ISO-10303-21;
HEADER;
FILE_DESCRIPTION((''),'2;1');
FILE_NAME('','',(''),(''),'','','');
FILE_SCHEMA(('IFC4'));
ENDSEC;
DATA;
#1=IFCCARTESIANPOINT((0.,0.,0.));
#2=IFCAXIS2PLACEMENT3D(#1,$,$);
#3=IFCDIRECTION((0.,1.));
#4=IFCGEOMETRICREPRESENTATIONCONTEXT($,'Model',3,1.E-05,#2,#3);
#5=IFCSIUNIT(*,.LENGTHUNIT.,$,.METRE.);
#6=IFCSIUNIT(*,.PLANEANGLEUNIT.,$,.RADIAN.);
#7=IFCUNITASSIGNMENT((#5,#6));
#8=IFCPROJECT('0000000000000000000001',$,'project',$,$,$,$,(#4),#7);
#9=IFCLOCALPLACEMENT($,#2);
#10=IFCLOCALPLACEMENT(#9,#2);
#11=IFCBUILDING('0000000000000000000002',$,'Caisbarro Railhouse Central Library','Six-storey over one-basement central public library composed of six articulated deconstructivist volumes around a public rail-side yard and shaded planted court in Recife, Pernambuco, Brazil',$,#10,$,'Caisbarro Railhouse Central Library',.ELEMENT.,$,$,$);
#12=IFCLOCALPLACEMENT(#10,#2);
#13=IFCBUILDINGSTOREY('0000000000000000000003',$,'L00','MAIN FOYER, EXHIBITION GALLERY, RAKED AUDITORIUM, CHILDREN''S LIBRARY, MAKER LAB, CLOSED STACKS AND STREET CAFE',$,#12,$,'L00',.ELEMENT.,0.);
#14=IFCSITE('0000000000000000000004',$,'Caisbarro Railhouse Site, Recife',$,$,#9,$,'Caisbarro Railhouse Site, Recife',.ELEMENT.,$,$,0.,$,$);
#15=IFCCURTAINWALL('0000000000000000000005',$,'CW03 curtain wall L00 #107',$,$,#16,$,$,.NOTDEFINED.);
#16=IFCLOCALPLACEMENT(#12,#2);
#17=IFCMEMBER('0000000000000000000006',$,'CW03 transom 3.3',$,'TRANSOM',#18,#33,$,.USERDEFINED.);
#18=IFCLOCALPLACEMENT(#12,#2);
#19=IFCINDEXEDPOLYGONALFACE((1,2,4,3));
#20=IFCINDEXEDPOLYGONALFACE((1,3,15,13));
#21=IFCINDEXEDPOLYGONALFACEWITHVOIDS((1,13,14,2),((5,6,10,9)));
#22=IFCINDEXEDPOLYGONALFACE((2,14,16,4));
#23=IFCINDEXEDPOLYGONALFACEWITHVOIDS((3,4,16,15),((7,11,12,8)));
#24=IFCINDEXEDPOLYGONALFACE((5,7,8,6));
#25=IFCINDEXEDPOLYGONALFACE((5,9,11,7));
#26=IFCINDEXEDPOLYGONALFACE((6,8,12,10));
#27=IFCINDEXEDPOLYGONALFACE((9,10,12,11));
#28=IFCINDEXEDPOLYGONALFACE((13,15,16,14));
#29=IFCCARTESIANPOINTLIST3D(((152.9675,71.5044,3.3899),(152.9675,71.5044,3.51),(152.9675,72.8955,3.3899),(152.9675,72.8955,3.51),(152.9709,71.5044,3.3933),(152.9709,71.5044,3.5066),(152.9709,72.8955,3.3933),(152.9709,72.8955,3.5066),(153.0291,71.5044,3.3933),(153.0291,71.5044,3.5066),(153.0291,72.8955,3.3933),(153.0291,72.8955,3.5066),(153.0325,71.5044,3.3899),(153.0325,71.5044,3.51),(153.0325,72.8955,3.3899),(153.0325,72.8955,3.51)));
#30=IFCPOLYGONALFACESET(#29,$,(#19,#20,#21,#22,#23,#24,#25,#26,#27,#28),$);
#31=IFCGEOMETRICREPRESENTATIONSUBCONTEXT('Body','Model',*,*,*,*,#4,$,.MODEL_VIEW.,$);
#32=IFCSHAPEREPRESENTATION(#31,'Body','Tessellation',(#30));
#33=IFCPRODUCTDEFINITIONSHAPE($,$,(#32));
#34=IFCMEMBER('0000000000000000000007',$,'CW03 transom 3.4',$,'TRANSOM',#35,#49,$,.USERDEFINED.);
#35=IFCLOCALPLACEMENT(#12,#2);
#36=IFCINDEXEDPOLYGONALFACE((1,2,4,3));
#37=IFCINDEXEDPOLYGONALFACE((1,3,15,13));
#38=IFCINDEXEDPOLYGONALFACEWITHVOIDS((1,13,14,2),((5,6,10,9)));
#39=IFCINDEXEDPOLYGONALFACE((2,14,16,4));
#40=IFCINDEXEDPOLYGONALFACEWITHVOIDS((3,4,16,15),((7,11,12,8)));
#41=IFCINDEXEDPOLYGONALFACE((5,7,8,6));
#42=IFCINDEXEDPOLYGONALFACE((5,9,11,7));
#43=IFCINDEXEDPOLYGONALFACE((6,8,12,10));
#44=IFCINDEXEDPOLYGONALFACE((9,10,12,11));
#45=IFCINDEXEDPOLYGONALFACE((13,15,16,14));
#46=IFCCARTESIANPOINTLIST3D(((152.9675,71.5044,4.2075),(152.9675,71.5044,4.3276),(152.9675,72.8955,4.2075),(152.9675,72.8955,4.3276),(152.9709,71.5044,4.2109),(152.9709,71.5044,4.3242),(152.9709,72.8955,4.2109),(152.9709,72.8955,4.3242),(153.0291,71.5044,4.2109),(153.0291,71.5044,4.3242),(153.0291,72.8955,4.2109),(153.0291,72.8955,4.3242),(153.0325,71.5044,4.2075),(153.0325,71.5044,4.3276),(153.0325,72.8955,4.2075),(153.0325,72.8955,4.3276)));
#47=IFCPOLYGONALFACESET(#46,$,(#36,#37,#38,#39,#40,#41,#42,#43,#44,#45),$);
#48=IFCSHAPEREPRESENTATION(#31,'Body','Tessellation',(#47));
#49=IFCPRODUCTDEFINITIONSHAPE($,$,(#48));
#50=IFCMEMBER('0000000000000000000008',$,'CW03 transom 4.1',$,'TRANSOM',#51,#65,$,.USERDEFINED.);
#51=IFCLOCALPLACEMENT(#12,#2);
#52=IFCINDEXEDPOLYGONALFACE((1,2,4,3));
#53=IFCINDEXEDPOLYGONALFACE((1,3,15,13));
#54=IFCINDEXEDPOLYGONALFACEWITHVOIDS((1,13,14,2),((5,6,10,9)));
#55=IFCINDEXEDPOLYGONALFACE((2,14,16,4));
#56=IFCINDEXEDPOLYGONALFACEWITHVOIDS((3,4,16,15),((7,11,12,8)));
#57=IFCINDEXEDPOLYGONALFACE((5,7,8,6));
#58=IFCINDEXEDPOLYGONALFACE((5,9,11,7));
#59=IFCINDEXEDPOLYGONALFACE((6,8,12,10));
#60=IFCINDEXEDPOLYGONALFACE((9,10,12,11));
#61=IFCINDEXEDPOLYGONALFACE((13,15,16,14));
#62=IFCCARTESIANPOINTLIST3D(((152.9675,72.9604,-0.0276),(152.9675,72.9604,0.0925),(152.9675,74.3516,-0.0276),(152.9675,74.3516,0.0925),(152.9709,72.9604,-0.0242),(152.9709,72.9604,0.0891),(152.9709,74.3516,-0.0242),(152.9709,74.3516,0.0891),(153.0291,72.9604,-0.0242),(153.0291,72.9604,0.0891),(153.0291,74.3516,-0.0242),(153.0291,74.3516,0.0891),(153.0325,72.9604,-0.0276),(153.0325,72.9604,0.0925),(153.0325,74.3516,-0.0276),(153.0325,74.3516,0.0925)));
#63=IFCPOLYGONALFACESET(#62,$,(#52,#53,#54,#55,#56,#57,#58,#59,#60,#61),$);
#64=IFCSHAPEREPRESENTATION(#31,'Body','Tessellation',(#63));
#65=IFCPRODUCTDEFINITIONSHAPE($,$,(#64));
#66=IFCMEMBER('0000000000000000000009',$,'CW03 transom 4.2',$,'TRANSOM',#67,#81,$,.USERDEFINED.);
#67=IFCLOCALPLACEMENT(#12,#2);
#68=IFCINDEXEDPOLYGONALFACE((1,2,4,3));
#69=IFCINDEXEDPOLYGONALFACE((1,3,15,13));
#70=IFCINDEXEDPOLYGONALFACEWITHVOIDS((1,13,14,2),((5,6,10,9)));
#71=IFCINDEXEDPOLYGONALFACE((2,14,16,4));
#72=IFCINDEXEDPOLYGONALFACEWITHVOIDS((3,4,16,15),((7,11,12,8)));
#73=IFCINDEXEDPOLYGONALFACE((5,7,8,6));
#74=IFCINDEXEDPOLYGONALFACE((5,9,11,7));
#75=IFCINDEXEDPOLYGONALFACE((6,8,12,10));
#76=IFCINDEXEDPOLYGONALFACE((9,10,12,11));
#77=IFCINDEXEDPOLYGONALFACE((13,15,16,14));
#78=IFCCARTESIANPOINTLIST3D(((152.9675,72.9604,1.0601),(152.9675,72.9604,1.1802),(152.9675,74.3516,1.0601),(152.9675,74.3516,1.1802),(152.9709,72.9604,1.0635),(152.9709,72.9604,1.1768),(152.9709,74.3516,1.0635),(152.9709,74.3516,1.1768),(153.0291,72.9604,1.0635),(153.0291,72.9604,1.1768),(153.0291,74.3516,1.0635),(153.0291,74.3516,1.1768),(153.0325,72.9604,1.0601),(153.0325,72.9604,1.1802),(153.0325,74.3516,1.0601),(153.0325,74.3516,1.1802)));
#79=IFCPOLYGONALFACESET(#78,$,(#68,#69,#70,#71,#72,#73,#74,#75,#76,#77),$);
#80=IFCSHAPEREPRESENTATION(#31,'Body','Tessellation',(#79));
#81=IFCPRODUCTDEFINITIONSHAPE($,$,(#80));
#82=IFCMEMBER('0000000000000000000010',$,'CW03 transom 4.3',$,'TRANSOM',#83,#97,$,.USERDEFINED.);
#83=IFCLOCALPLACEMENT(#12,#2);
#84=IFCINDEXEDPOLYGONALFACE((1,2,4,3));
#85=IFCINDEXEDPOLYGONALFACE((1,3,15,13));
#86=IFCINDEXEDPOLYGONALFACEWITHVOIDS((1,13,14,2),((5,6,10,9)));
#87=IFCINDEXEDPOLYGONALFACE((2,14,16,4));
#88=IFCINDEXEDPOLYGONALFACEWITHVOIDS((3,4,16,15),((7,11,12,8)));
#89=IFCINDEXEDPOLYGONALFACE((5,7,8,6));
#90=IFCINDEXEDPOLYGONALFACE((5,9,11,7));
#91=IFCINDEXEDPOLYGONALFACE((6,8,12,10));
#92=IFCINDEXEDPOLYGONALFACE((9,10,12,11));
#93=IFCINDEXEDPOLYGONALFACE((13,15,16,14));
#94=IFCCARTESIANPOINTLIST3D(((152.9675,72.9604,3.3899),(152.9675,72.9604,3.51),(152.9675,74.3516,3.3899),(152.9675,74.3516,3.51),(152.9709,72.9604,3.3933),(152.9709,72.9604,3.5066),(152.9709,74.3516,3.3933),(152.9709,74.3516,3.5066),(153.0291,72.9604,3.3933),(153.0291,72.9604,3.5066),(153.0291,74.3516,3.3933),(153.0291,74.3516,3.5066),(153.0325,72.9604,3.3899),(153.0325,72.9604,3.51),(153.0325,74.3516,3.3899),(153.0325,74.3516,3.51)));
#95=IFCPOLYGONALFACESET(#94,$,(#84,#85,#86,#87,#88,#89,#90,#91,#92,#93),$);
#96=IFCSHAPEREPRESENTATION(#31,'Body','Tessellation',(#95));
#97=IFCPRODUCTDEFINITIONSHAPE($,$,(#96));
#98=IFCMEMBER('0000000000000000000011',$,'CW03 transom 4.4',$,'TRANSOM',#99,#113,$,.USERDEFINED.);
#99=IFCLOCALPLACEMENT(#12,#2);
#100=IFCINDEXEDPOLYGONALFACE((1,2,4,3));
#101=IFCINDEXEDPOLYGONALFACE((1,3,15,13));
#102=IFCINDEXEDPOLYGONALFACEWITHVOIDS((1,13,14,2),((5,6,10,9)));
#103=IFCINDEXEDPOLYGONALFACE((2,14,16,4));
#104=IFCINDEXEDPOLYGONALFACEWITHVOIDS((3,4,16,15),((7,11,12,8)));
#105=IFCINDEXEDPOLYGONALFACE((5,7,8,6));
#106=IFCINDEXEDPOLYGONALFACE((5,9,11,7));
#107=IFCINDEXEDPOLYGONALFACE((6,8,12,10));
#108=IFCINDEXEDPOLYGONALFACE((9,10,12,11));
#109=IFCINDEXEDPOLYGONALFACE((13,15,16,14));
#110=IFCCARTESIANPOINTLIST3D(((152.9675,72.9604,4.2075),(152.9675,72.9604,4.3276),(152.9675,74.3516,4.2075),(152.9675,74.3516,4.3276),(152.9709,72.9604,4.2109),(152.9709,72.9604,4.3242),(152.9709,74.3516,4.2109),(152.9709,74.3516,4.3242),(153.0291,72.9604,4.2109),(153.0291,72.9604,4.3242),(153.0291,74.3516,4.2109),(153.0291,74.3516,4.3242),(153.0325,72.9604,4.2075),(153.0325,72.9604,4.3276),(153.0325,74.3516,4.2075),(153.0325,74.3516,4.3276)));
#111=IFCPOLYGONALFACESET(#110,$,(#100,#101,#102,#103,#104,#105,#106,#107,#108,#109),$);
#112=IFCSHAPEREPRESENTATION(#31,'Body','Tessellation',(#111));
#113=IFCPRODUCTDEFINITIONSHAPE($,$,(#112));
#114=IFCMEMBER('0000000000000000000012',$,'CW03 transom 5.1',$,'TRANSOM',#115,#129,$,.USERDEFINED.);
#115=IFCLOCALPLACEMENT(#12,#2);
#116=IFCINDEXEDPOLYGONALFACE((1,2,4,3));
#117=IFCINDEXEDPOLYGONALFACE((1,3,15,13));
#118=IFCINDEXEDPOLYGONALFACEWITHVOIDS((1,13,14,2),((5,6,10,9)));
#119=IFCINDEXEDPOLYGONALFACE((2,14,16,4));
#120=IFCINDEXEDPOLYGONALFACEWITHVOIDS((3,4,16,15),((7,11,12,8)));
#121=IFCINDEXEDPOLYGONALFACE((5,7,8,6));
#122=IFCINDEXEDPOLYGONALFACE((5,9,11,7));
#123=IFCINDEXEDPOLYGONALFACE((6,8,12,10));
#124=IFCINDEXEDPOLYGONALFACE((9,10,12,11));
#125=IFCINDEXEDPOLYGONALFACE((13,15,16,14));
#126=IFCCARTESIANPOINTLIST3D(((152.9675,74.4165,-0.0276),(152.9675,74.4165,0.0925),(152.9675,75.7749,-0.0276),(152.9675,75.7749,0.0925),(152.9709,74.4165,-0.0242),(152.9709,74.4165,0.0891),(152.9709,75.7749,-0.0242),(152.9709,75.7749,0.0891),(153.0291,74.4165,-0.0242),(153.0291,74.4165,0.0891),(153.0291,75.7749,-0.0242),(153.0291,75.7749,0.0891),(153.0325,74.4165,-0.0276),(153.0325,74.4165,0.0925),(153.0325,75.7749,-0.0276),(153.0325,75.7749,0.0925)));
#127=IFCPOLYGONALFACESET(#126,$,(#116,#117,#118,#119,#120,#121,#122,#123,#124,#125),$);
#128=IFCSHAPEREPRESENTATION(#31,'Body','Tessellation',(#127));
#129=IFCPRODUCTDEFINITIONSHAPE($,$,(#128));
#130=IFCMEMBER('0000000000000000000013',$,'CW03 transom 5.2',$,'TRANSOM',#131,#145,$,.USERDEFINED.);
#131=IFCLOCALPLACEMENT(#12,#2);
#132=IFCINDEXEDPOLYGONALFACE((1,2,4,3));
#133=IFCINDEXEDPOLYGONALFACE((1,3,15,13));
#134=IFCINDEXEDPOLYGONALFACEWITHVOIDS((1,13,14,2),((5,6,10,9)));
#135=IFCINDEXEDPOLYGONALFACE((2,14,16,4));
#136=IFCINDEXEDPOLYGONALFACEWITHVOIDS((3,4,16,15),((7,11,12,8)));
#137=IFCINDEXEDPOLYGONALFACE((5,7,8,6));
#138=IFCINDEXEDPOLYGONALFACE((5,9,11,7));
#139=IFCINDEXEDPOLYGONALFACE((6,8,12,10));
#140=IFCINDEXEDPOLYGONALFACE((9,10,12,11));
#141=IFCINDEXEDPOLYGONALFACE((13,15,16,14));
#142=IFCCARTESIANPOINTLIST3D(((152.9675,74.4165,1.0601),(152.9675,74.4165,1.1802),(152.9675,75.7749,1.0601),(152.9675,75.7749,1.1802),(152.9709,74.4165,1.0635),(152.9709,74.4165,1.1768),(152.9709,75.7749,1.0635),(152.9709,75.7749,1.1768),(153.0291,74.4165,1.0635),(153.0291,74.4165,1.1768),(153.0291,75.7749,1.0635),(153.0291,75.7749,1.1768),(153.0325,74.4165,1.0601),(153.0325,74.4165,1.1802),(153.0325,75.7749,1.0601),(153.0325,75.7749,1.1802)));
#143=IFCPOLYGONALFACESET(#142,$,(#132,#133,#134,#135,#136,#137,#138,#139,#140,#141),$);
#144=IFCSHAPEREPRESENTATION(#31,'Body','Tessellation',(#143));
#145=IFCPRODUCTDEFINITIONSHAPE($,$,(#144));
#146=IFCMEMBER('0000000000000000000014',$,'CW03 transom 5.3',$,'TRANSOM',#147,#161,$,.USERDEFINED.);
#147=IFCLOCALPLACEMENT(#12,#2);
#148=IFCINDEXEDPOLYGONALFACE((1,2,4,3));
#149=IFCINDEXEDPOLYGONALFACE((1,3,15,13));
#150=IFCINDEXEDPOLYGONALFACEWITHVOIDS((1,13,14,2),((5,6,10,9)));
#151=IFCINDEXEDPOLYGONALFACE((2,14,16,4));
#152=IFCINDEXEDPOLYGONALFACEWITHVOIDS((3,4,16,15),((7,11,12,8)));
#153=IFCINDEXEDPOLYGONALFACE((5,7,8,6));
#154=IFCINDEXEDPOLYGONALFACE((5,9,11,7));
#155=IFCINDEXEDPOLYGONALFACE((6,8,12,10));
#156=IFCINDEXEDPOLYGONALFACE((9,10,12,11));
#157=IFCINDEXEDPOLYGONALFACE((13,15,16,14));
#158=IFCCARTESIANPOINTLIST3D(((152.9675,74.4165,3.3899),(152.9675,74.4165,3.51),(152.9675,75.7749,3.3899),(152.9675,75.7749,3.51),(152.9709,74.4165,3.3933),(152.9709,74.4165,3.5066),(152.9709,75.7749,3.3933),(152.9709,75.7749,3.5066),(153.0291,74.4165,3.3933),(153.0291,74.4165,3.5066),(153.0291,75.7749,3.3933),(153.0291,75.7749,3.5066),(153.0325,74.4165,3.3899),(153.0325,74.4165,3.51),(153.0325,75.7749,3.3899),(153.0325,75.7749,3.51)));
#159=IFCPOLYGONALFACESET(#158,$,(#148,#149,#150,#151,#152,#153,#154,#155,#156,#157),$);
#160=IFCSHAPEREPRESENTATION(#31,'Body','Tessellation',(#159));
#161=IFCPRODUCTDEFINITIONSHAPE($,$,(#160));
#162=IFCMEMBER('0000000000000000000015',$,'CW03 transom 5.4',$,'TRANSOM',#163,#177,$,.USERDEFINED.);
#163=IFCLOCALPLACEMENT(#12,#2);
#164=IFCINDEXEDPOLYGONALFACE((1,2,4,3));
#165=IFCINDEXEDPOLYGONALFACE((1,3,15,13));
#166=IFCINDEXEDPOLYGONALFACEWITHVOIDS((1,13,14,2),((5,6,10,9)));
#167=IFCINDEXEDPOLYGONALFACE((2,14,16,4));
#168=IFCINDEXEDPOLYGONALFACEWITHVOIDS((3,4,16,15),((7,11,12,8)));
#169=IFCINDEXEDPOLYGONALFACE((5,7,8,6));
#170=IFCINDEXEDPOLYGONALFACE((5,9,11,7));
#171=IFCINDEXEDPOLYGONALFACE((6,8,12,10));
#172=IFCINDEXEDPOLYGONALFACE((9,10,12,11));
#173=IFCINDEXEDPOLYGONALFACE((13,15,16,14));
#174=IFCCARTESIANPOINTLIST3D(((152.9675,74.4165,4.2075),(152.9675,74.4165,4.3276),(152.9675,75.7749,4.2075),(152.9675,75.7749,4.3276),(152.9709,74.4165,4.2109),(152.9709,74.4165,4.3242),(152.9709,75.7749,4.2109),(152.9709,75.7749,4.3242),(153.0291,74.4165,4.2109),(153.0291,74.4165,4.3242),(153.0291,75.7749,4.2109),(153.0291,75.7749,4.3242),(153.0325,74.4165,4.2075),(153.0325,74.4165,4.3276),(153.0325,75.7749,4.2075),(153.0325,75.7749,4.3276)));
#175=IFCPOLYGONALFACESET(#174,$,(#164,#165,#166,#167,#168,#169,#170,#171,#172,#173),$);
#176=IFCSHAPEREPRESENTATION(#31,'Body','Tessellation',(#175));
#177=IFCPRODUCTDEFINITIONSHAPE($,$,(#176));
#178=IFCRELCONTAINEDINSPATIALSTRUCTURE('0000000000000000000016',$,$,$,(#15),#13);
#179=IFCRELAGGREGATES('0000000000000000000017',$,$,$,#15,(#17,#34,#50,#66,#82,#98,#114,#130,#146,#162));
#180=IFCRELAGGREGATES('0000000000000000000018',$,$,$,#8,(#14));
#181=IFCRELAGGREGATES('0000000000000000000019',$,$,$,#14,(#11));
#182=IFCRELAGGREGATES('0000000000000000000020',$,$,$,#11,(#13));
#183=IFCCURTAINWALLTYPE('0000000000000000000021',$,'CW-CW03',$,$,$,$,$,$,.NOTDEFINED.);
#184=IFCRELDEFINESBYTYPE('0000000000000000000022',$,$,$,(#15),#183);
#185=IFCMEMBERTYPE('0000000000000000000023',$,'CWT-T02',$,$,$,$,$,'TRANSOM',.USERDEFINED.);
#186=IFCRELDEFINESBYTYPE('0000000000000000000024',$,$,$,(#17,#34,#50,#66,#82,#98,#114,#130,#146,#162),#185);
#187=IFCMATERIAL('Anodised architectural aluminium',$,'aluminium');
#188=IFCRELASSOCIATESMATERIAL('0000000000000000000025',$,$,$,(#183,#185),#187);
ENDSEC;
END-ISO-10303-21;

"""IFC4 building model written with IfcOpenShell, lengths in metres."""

from ifc_helpers import new_model, si_unit, direction, frame, origin, origin_2d, place, context, subcontext, project, spatial, hollow_rectangle, extrude, material, material_profile, profile_set, type_object, element, aggregate, save


model = new_model("IFC4")

# Units and contexts
model_context = context("Model", 3, precision=1e-05, world=origin(), true_north=direction((0.0, 1.0)))
body_context = subcontext(model_context, "Body", "Model", "MODEL_VIEW")
ifc_project = project(units=[si_unit("LENGTHUNIT", "METRE"), si_unit("PLANEANGLEUNIT", "RADIAN")], contexts=[model_context])

# Site, building, storey
site_placement = place(None, origin())
site = spatial("IfcSite", under=ifc_project, at=site_placement, Name="Caisbarro Railhouse Site, Recife", LongName="Caisbarro Railhouse Site, Recife", CompositionType="ELEMENT", RefElevation=0.0)
building_placement = place(site_placement, origin())
building = spatial("IfcBuilding", under=site, at=building_placement, Name="Caisbarro Railhouse Central Library", Description="Six-storey over one-basement central public library composed of six articulated deconstructivist volumes around a public rail-side yard and shaded planted court in Recife, Pernambuco, Brazil", LongName="Caisbarro Railhouse Central Library", CompositionType="ELEMENT")
storey_placement = place(building_placement, origin())
storey = spatial("IfcBuildingStorey", under=building, at=storey_placement, Name="L00", Description="MAIN FOYER, EXHIBITION GALLERY, RAKED AUDITORIUM, CHILDREN'S LIBRARY, MAKER LAB, CLOSED STACKS AND STREET CAFE", LongName="L00", CompositionType="ELEMENT", Elevation=0.0)

# Curtain wall, members
ifc_material_1 = material(Name="Anodised architectural aluminium", Category="aluminium")
curtain_wall_type = type_object("IfcCurtainWallType", Name="CW-CW03", PredefinedType="NOTDEFINED", material=ifc_material_1)
curtain_wall_placement = place(storey_placement, origin())
curtain_wall = element("IfcCurtainWall", 1, at=curtain_wall_placement, inside=storey, type_object=curtain_wall_type, Name="CW03 curtain wall L00 #107", PredefinedType="NOTDEFINED")
ifc_material_profile_1 = material_profile(ifc_material_1, hollow_rectangle(XDim=0.0649, YDim=0.1201, WallThickness=0.0034, at=origin_2d()), Name="ALU-TRN-65X120")
ifc_profile_set_1 = profile_set([ifc_material_profile_1], Name="Anodised architectural aluminium")
member_type_1 = type_object("IfcMemberType", Name="CWT-T02", ElementType="TRANSOM", PredefinedType="USERDEFINED", material=ifc_profile_set_1)
member_1_placement = place(storey_placement, frame((153.0, 71.5044, 3.45), z_axis=(0.0, 1.0, 0.0), x_axis=(-1.0, 0.0, 0.0)))
member_1 = element("IfcMember", 2, at=member_1_placement, type_object=member_type_1, Name="CW03 transom 3.3", ObjectType="TRANSOM", PredefinedType="USERDEFINED", context=body_context, shape_type="SweptSolid", body=[
    extrude(hollow_rectangle(XDim=0.0649, YDim=0.1201, WallThickness=0.0034, at=origin_2d()), origin(), (0.0, 0.0, 1.0), 1.3911),
])
member_2_placement = place(storey_placement, frame((153.0, 71.5044, 4.2676), z_axis=(0.0, 1.0, 0.0), x_axis=(-1.0, 0.0, 0.0)))
member_2 = element("IfcMember", 3, at=member_2_placement, type_object=member_type_1, Name="CW03 transom 3.4", ObjectType="TRANSOM", PredefinedType="USERDEFINED", context=body_context, shape_type="SweptSolid", body=[
    extrude(hollow_rectangle(XDim=0.0649, YDim=0.1201, WallThickness=0.0034, at=origin_2d()), origin(), (0.0, 0.0, 1.0), 1.3911),
])
member_3_placement = place(storey_placement, frame((153.0, 72.9604, 0.0325), z_axis=(0.0, 1.0, 0.0), x_axis=(-1.0, 0.0, 0.0)))
member_3 = element("IfcMember", 4, at=member_3_placement, type_object=member_type_1, Name="CW03 transom 4.1", ObjectType="TRANSOM", PredefinedType="USERDEFINED", context=body_context, shape_type="SweptSolid", body=[
    extrude(hollow_rectangle(XDim=0.0649, YDim=0.1201, WallThickness=0.0034, at=origin_2d()), origin(), (0.0, 0.0, 1.0), 1.3911),
])
member_4_placement = place(storey_placement, frame((153.0, 72.9604, 1.1201), z_axis=(0.0, 1.0, 0.0), x_axis=(-1.0, 0.0, 0.0)))
member_4 = element("IfcMember", 5, at=member_4_placement, type_object=member_type_1, Name="CW03 transom 4.2", ObjectType="TRANSOM", PredefinedType="USERDEFINED", context=body_context, shape_type="SweptSolid", body=[
    extrude(hollow_rectangle(XDim=0.0649, YDim=0.1201, WallThickness=0.0034, at=origin_2d()), origin(), (0.0, 0.0, 1.0), 1.3911),
])
member_5_placement = place(storey_placement, frame((153.0, 72.9604, 3.45), z_axis=(0.0, 1.0, 0.0), x_axis=(-1.0, 0.0, 0.0)))
member_5 = element("IfcMember", 6, at=member_5_placement, type_object=member_type_1, Name="CW03 transom 4.3", ObjectType="TRANSOM", PredefinedType="USERDEFINED", context=body_context, shape_type="SweptSolid", body=[
    extrude(hollow_rectangle(XDim=0.0649, YDim=0.1201, WallThickness=0.0034, at=origin_2d()), origin(), (0.0, 0.0, 1.0), 1.3911),
])
member_6_placement = place(storey_placement, frame((153.0, 72.9604, 4.2676), z_axis=(0.0, 1.0, 0.0), x_axis=(-1.0, 0.0, 0.0)))
member_6 = element("IfcMember", 7, at=member_6_placement, type_object=member_type_1, Name="CW03 transom 4.4", ObjectType="TRANSOM", PredefinedType="USERDEFINED", context=body_context, shape_type="SweptSolid", body=[
    extrude(hollow_rectangle(XDim=0.0649, YDim=0.1201, WallThickness=0.0034, at=origin_2d()), origin(), (0.0, 0.0, 1.0), 1.3911),
])
member_7_placement = place(storey_placement, frame((153.0, 74.4165, 0.0325), z_axis=(0.0, 1.0, 0.0), x_axis=(-1.0, 0.0, 0.0)))
member_7 = element("IfcMember", 8, at=member_7_placement, type_object=member_type_1, Name="CW03 transom 5.1", ObjectType="TRANSOM", PredefinedType="USERDEFINED", context=body_context, shape_type="SweptSolid", body=[
    extrude(hollow_rectangle(XDim=0.0649, YDim=0.1201, WallThickness=0.0034, at=origin_2d()), origin(), (0.0, 0.0, 1.0), 1.3584),
])
member_8_placement = place(storey_placement, frame((153.0, 74.4165, 1.1201), z_axis=(0.0, 1.0, 0.0), x_axis=(-1.0, 0.0, 0.0)))
member_8 = element("IfcMember", 9, at=member_8_placement, type_object=member_type_1, Name="CW03 transom 5.2", ObjectType="TRANSOM", PredefinedType="USERDEFINED", context=body_context, shape_type="SweptSolid", body=[
    extrude(hollow_rectangle(XDim=0.0649, YDim=0.1201, WallThickness=0.0034, at=origin_2d()), origin(), (0.0, 0.0, 1.0), 1.3584),
])
member_9_placement = place(storey_placement, frame((153.0, 74.4165, 3.45), z_axis=(0.0, 1.0, 0.0), x_axis=(-1.0, 0.0, 0.0)))
member_9 = element("IfcMember", 10, at=member_9_placement, type_object=member_type_1, Name="CW03 transom 5.3", ObjectType="TRANSOM", PredefinedType="USERDEFINED", context=body_context, shape_type="SweptSolid", body=[
    extrude(hollow_rectangle(XDim=0.0649, YDim=0.1201, WallThickness=0.0034, at=origin_2d()), origin(), (0.0, 0.0, 1.0), 1.3584),
])
member_10_placement = place(storey_placement, frame((153.0, 74.4165, 4.2676), z_axis=(0.0, 1.0, 0.0), x_axis=(-1.0, 0.0, 0.0)))
member_10 = element("IfcMember", 11, at=member_10_placement, type_object=member_type_1, Name="CW03 transom 5.4", ObjectType="TRANSOM", PredefinedType="USERDEFINED", context=body_context, shape_type="SweptSolid", body=[
    extrude(hollow_rectangle(XDim=0.0649, YDim=0.1201, WallThickness=0.0034, at=origin_2d()), origin(), (0.0, 0.0, 1.0), 1.3584),
])

aggregate(curtain_wall, [member_1, member_2, member_3, member_4, member_5, member_6, member_7, member_8, member_9, member_10])

save(model, "model.ifc")
